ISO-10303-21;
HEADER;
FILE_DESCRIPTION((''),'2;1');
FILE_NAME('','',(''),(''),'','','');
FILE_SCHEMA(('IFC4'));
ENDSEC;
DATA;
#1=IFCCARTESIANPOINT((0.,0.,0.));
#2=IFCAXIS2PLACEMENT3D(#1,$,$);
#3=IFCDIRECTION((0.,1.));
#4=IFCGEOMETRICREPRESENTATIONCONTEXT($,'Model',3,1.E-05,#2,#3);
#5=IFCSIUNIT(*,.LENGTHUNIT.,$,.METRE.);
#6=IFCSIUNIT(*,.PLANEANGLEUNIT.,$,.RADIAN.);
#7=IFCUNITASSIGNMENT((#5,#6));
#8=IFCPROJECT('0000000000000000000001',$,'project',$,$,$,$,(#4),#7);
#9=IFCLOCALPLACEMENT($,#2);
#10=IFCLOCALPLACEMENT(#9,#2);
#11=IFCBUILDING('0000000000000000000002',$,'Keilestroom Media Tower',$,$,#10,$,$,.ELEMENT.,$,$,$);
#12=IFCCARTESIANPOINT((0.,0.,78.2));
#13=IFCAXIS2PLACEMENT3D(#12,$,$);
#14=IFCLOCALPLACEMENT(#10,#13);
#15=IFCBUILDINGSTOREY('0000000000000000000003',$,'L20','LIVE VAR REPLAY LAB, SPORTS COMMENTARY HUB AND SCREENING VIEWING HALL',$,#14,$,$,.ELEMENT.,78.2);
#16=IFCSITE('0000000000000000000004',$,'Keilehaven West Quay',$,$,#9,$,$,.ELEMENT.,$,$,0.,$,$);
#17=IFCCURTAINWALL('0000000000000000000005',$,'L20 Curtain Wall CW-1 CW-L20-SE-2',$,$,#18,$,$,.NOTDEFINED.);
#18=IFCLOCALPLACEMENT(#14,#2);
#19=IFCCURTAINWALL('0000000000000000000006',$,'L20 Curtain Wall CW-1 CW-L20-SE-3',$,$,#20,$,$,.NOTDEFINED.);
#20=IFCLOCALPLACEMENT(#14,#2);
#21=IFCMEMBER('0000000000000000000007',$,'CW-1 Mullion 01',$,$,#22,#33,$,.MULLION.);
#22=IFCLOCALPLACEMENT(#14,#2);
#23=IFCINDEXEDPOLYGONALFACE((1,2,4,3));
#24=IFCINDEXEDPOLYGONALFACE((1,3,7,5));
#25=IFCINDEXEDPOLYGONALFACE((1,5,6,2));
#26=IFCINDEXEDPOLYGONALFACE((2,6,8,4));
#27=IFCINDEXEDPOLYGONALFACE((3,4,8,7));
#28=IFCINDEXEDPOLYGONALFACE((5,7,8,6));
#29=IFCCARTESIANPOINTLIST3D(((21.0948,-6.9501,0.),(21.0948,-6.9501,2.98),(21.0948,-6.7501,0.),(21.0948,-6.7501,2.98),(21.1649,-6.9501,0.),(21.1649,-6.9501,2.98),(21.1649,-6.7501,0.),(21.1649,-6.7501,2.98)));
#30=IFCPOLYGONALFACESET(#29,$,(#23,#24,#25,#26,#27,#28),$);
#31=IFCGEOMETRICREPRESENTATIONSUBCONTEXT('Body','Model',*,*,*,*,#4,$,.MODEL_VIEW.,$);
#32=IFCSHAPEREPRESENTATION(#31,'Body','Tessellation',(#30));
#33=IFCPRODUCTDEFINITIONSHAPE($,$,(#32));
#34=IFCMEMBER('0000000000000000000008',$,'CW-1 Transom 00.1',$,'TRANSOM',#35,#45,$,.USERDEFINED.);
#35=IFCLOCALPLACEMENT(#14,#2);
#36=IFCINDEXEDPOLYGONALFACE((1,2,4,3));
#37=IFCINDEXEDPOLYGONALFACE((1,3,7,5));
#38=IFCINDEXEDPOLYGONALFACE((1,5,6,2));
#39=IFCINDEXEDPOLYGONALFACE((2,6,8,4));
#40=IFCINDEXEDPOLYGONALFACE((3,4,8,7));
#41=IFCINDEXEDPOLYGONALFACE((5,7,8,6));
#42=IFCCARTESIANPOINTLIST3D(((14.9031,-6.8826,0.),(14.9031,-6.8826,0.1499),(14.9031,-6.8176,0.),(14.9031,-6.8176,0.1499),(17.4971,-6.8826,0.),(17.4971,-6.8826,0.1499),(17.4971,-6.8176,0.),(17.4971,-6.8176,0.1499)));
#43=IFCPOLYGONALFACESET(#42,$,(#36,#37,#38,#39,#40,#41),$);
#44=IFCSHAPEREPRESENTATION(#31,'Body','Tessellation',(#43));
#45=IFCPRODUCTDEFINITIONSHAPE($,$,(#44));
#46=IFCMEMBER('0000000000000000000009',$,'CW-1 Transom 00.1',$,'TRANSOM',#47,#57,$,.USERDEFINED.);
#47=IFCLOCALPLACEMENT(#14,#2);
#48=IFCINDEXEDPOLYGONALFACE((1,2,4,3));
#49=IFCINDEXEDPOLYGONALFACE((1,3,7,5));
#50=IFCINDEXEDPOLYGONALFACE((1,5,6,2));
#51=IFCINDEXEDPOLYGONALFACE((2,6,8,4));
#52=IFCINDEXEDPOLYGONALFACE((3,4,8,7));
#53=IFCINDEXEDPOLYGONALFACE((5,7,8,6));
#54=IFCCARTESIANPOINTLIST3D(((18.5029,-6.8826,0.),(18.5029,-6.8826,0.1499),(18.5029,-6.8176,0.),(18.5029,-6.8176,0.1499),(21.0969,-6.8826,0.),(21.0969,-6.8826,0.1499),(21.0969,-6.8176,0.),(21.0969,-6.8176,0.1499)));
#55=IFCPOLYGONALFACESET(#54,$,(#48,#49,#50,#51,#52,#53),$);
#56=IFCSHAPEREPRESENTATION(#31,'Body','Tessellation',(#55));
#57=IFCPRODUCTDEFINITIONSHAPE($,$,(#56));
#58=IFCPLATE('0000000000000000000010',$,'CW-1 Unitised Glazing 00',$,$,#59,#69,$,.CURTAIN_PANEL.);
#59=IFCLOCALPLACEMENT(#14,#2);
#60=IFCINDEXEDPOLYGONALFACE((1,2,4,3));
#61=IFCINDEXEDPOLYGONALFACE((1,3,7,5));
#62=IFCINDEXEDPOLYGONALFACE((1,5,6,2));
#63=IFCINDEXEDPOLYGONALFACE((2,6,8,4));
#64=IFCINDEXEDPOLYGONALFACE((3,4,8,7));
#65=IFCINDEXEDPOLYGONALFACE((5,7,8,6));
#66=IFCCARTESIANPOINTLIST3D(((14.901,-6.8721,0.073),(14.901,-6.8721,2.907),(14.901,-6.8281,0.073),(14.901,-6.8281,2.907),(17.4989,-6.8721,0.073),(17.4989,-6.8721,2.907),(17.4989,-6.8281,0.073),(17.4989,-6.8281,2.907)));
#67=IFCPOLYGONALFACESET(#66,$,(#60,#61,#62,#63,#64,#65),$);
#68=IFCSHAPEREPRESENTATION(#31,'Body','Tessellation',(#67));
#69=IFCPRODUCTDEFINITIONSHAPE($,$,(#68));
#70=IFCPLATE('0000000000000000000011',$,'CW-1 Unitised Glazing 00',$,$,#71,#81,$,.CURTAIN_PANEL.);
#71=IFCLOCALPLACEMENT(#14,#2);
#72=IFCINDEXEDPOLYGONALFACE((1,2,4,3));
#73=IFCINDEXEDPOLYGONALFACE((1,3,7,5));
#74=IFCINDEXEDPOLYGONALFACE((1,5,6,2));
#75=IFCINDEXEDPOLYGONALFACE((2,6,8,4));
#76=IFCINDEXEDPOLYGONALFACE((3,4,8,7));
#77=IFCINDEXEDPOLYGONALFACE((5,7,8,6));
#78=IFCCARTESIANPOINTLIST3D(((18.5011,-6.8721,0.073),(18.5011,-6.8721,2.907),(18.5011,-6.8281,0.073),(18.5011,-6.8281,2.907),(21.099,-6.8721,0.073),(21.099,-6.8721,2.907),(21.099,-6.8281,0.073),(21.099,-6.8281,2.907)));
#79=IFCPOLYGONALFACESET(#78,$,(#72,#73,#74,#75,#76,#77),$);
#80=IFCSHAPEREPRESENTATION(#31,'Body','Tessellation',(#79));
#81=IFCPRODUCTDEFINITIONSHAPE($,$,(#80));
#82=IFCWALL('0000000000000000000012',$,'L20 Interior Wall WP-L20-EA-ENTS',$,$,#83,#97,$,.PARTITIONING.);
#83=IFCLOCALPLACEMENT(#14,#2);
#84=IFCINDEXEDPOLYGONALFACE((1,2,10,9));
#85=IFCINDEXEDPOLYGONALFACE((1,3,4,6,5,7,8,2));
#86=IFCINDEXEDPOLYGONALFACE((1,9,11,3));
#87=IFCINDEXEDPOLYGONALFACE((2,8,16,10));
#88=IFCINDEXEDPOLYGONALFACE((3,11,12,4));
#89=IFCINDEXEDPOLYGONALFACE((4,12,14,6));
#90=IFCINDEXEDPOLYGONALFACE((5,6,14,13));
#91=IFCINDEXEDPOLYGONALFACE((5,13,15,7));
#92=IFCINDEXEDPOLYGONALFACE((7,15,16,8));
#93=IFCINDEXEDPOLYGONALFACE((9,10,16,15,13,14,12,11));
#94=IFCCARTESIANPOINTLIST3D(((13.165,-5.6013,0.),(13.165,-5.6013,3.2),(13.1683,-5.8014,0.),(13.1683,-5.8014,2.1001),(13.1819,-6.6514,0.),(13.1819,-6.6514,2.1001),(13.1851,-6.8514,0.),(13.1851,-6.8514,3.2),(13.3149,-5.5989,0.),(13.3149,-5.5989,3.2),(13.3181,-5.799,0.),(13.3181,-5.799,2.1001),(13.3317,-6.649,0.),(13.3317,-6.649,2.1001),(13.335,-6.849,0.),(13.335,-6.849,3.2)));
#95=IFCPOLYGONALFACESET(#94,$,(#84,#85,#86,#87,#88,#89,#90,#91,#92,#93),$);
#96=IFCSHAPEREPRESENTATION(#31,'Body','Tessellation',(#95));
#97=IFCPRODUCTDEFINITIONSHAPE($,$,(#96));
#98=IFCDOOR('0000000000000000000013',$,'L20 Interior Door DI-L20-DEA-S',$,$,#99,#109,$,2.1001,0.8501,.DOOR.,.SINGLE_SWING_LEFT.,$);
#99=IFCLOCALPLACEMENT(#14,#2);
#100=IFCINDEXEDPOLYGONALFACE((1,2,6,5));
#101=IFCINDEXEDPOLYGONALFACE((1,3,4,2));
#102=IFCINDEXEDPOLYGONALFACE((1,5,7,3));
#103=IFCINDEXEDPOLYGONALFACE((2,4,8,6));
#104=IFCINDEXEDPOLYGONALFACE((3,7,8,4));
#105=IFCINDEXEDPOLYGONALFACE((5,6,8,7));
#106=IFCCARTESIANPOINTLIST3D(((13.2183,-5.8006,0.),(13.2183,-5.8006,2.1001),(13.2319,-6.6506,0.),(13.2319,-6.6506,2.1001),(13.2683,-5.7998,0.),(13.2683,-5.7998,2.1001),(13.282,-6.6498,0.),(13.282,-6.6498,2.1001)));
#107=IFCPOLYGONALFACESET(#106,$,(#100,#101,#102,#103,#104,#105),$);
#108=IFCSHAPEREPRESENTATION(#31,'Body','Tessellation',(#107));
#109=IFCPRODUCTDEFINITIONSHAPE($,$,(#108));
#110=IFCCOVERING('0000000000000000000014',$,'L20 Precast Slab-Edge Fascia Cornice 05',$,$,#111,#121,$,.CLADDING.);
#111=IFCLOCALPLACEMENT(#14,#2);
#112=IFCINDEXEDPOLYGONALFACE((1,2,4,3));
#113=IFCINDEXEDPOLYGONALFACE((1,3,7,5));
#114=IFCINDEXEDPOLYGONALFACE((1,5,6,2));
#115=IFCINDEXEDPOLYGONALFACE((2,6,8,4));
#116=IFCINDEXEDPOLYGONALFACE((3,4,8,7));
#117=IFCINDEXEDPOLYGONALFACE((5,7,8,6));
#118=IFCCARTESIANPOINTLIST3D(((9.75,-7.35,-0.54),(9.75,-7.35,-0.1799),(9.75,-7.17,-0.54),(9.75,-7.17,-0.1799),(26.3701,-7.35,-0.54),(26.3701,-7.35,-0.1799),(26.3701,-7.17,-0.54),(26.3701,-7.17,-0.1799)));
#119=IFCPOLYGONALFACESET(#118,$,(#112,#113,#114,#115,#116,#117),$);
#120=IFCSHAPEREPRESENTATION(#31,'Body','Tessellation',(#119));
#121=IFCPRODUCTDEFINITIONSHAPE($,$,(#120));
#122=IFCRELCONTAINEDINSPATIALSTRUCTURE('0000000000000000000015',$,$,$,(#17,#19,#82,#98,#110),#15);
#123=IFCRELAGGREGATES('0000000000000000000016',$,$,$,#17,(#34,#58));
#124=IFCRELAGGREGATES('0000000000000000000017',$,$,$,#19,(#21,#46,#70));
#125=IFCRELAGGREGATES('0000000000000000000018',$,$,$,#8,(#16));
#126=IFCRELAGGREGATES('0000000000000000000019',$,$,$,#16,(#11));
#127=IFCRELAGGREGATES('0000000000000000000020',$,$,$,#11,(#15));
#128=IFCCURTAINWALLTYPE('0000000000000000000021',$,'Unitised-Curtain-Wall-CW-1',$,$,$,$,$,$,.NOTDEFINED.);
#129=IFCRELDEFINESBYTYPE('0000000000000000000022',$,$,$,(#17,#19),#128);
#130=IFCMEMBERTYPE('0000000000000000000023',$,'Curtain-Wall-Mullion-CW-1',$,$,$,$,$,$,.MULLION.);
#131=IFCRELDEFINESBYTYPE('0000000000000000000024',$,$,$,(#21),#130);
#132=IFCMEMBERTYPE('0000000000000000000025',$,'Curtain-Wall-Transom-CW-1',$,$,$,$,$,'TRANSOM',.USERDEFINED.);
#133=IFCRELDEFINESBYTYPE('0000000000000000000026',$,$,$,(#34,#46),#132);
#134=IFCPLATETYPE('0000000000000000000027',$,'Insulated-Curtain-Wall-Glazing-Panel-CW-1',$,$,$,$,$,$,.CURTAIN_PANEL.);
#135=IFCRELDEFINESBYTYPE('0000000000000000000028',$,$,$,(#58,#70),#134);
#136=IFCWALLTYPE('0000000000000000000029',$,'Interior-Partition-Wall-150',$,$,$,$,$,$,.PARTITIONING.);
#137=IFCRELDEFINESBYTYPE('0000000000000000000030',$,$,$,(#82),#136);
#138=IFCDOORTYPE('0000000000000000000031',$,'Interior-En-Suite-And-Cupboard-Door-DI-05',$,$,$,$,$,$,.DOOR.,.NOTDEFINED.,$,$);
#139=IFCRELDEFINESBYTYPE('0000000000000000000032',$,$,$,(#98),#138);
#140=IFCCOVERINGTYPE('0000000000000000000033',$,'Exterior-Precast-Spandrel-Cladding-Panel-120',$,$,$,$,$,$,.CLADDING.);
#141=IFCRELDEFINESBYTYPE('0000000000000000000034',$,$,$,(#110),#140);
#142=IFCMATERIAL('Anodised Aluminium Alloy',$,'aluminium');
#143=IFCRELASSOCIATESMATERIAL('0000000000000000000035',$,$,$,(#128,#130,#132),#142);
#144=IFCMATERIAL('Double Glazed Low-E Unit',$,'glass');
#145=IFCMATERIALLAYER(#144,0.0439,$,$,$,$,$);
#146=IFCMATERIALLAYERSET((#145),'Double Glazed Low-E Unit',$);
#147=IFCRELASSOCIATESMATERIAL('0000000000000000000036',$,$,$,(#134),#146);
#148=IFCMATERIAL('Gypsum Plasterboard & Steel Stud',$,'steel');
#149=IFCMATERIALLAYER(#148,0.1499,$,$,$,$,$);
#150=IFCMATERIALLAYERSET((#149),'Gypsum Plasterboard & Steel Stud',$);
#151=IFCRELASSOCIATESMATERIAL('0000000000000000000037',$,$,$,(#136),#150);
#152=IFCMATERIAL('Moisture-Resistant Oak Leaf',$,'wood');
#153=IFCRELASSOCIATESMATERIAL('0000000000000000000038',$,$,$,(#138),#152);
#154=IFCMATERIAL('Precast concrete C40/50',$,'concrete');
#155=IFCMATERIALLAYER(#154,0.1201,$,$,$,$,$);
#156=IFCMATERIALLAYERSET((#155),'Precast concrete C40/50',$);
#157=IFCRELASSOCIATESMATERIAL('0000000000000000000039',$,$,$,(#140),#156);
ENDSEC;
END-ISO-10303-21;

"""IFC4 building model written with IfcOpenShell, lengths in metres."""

from ifc_helpers import new_model, si_unit, direction, frame, frame_2d, origin, origin_2d, place, context, subcontext, project, spatial, rectangle, extrude, source, transform, mapped, material, layer, layer_set, material_profile, profile_set, type_object, element, fill, aggregate, save


model = new_model("IFC4")

# Units and contexts
model_context = context("Model", 3, precision=1e-05, world=origin(), true_north=direction((0.0, 1.0)))
body_context = subcontext(model_context, "Body", "Model", "MODEL_VIEW")
ifc_project = project(units=[si_unit("LENGTHUNIT", "METRE"), si_unit("PLANEANGLEUNIT", "RADIAN")], contexts=[model_context])

# Site, building, storey
site_placement = place(None, origin())
site = spatial("IfcSite", under=ifc_project, at=site_placement, Name="Keilehaven West Quay", CompositionType="ELEMENT", RefElevation=0.0)
building_placement = place(site_placement, origin())
building = spatial("IfcBuilding", under=site, at=building_placement, Name="Keilestroom Media Tower", CompositionType="ELEMENT")
storey_placement = place(building_placement, frame((0.0, 0.0, 78.2)))
storey = spatial("IfcBuildingStorey", under=building, at=storey_placement, Name="L20", Description="LIVE VAR REPLAY LAB, SPORTS COMMENTARY HUB AND SCREENING VIEWING HALL", CompositionType="ELEMENT", Elevation=78.2)

# Shared definitions
ifc_material_1 = material(Name="Precast concrete C40/50", Category="concrete")

# Shared definitions
ifc_material_2 = material(Name="Anodised Aluminium Alloy", Category="aluminium")
curtain_wall_type = type_object("IfcCurtainWallType", Name="Unitised-Curtain-Wall-CW-1", PredefinedType="NOTDEFINED", material=ifc_material_2)
ifc_material_profile_1 = material_profile(ifc_material_2, rectangle(XDim=0.0701, YDim=0.2, at=origin_2d()), Name="ALU MULLION 70x200")
ifc_profile_set_1 = profile_set([ifc_material_profile_1], Name="Anodised Aluminium Alloy")
member_type_1 = type_object("IfcMemberType", Name="Curtain-Wall-Mullion-CW-1", PredefinedType="MULLION", material=ifc_profile_set_1)
shared_shape_1 = source(origin(), body_context, "Body", "SweptSolid", [
    extrude(rectangle(XDim=0.0701, YDim=0.2, at=origin_2d()), origin(), (0.0, 0.0, 1.0), 2.98),
])

# Curtain walls, member
curtain_wall_1_placement = place(storey_placement, origin())
curtain_wall_1 = element("IfcCurtainWall", 1, at=curtain_wall_1_placement, inside=storey, type_object=curtain_wall_type, Name="L20 Curtain Wall CW-1 CW-L20-SE-2", PredefinedType="NOTDEFINED")
curtain_wall_2_placement = place(storey_placement, origin())
curtain_wall_2 = element("IfcCurtainWall", 2, at=curtain_wall_2_placement, inside=storey, type_object=curtain_wall_type, Name="L20 Curtain Wall CW-1 CW-L20-SE-3", PredefinedType="NOTDEFINED")
member_1_placement = place(storey_placement, frame((21.1299, -6.8501, 0.0), z_axis=(0.0, 0.0, 1.0), x_axis=(1.0, 0.0, 0.0)))
member_1 = element("IfcMember", 3, at=member_1_placement, type_object=member_type_1, Name="CW-1 Mullion 01", PredefinedType="MULLION", context=body_context, shape_type="MappedRepresentation", body=[
    mapped(shared_shape_1, transform((0.0, 0.0, 0.0), x_axis=(1.0, 0.0, 0.0), y_axis=(0.0, 1.0, 0.0), z_axis=(0.0, 0.0, 1.0), scale=1.0)),
])

# Members
ifc_material_profile_2 = material_profile(ifc_material_2, rectangle(XDim=0.0649, YDim=0.1499, at=origin_2d()), Name="ALU TRANSOM 65x150")
ifc_profile_set_2 = profile_set([ifc_material_profile_2], Name="Anodised Aluminium Alloy")
member_type_2 = type_object("IfcMemberType", Name="Curtain-Wall-Transom-CW-1", ElementType="TRANSOM", PredefinedType="USERDEFINED", material=ifc_profile_set_2)
shared_shape_2 = source(origin(), body_context, "Body", "SweptSolid", [
    extrude(rectangle(XDim=0.0649, YDim=0.1499, at=origin_2d()), origin(), (0.0, 0.0, 1.0), 2.594),
])
member_2_placement = place(storey_placement, frame((14.9031, -6.8501, 0.075), z_axis=(1.0, 0.0, 0.0), x_axis=(0.0, 1.0, 0.0)))
member_2 = element("IfcMember", 4, at=member_2_placement, type_object=member_type_2, Name="CW-1 Transom 00.1", ObjectType="TRANSOM", PredefinedType="USERDEFINED", context=body_context, shape_type="MappedRepresentation", body=[
    mapped(shared_shape_2, transform((0.0, 0.0, 0.0), x_axis=(1.0, 0.0, 0.0), y_axis=(0.0, 1.0, 0.0), z_axis=(0.0, 0.0, 1.0), scale=1.0)),
])
member_3_placement = place(storey_placement, frame((18.5029, -6.8501, 0.075), z_axis=(1.0, 0.0, 0.0), x_axis=(0.0, 1.0, 0.0)))
member_3 = element("IfcMember", 5, at=member_3_placement, type_object=member_type_2, Name="CW-1 Transom 00.1", ObjectType="TRANSOM", PredefinedType="USERDEFINED", context=body_context, shape_type="MappedRepresentation", body=[
    mapped(shared_shape_2, transform((0.0, 0.0, 0.0), x_axis=(1.0, 0.0, 0.0), y_axis=(0.0, 1.0, 0.0), z_axis=(0.0, 0.0, 1.0), scale=1.0)),
])

# Plates
ifc_material_3 = material(Name="Double Glazed Low-E Unit", Category="glass")
ifc_layer_1 = layer(ifc_material_3, 0.0439)
ifc_layer_set_1 = layer_set([ifc_layer_1], Name="Double Glazed Low-E Unit")
plate_type = type_object("IfcPlateType", Name="Insulated-Curtain-Wall-Glazing-Panel-CW-1", PredefinedType="CURTAIN_PANEL", material=ifc_layer_set_1)
shared_shape_3 = source(origin(), body_context, "Body", "SweptSolid", [
    extrude(rectangle(XDim=2.5979, YDim=0.0439, at=origin_2d()), origin(), (0.0, 0.0, 1.0), 2.834),
])
plate_1_placement = place(storey_placement, frame((16.2, -6.8501, 0.073), z_axis=(0.0, 0.0, 1.0), x_axis=(1.0, 0.0, 0.0)))
plate_1 = element("IfcPlate", 6, at=plate_1_placement, type_object=plate_type, Name="CW-1 Unitised Glazing 00", PredefinedType="CURTAIN_PANEL", context=body_context, shape_type="MappedRepresentation", body=[
    mapped(shared_shape_3, transform((0.0, 0.0, 0.0), x_axis=(1.0, 0.0, 0.0), y_axis=(0.0, 1.0, 0.0), z_axis=(0.0, 0.0, 1.0), scale=1.0)),
])
aggregate(curtain_wall_1, [member_2, plate_1])
plate_2_placement = place(storey_placement, frame((19.8, -6.8501, 0.073), z_axis=(0.0, 0.0, 1.0), x_axis=(1.0, 0.0, 0.0)))
plate_2 = element("IfcPlate", 7, at=plate_2_placement, type_object=plate_type, Name="CW-1 Unitised Glazing 00", PredefinedType="CURTAIN_PANEL", context=body_context, shape_type="MappedRepresentation", body=[
    mapped(shared_shape_3, transform((0.0, 0.0, 0.0), x_axis=(1.0, 0.0, 0.0), y_axis=(0.0, 1.0, 0.0), z_axis=(0.0, 0.0, 1.0), scale=1.0)),
])
aggregate(curtain_wall_2, [member_1, member_3, plate_2])

# Wall, opening, door
ifc_material_4 = material(Name="Gypsum Plasterboard & Steel Stud", Category="steel")
ifc_layer_2 = layer(ifc_material_4, 0.1499)
ifc_layer_set_2 = layer_set([ifc_layer_2], Name="Gypsum Plasterboard & Steel Stud")
wall_type = type_object("IfcWallType", Name="Interior-Partition-Wall-150", PredefinedType="PARTITIONING", material=ifc_layer_set_2)
wall_placement = place(storey_placement, frame((13.26, -6.8501, 0.0), z_axis=(0.0, 0.0, 1.0), x_axis=(-0.016014, 0.999872, 0.0)))
wall = element("IfcWall", 8, at=wall_placement, inside=storey, type_object=wall_type, Name="L20 Interior Wall WP-L20-EA-ENTS", PredefinedType="PARTITIONING", context=body_context, shape_type="SweptSolid", body=[
    extrude(rectangle(XDim=1.2502, YDim=0.1499, at=frame_2d((0.625, 0.0))), origin(), (0.0, 0.0, 1.0), 3.2),
])
opening_placement = place(wall_placement, frame((0.2, 0.0, 0.0)))
opening = element("IfcOpeningElement", 9, at=opening_placement, cuts=wall, PredefinedType="OPENING", context=body_context, shape_type="SweptSolid", body=[
    extrude(rectangle(XDim=0.8501, YDim=2.1001, at=frame_2d((0.425, 1.05))), frame((0.0, 0.085, 0.0), z_axis=(0.0, -1.0, 0.0), x_axis=(1.0, 0.0, 0.0)), (0.0, 0.0, 1.0), 0.1699),
])
ifc_material_5 = material(Name="Moisture-Resistant Oak Leaf", Category="wood")
door_type = type_object("IfcDoorType", Name="Interior-En-Suite-And-Cupboard-Door-DI-05", OperationType="NOTDEFINED", PredefinedType="DOOR", material=ifc_material_5)
shared_shape_4 = source(origin(), body_context, "Body", "SweptSolid", [
    extrude(rectangle(XDim=0.8501, YDim=2.1001, at=frame_2d((0.425, 1.05))), frame((0.0, 0.0249, 0.0), z_axis=(0.0, -1.0, 0.0), x_axis=(1.0, 0.0, 0.0)), (0.0, 0.0, 1.0), 0.05),
])
door_placement = place(opening_placement, origin())
door = element("IfcDoor", 10, at=door_placement, inside=storey, type_object=door_type, Name="L20 Interior Door DI-L20-DEA-S", OperationType="SINGLE_SWING_LEFT", OverallHeight=2.1001, OverallWidth=0.8501, PredefinedType="DOOR", context=body_context, shape_type="MappedRepresentation", body=[
    mapped(shared_shape_4, transform((0.0, 0.0, 0.0), x_axis=(1.0, 0.0, 0.0), y_axis=(0.0, 1.0, 0.0), z_axis=(0.0, 0.0, 1.0), scale=1.0)),
])
fill(opening, door)

# Covering
ifc_layer_3 = layer(ifc_material_1, 0.1201)
ifc_layer_set_3 = layer_set([ifc_layer_3], Name="Precast concrete C40/50")
covering_type = type_object("IfcCoveringType", Name="Exterior-Precast-Spandrel-Cladding-Panel-120", PredefinedType="CLADDING", material=ifc_layer_set_3)
shared_shape_5 = source(origin(), body_context, "Body", "SweptSolid", [
    extrude(rectangle(XDim=16.6201, YDim=0.1799, at=origin_2d()), origin(), (0.0, 0.0, 1.0), 0.3601),
])
covering_placement = place(storey_placement, frame((18.0601, -7.26, -0.54), z_axis=(0.0, 0.0, 1.0), x_axis=(-1.0, 0.0, 0.0)))
element("IfcCovering", 11, at=covering_placement, inside=storey, type_object=covering_type, Name="L20 Precast Slab-Edge Fascia Cornice 05", PredefinedType="CLADDING", context=body_context, shape_type="MappedRepresentation", body=[
    mapped(shared_shape_5, transform((0.0, 0.0, 0.0), x_axis=(1.0, 0.0, 0.0), y_axis=(0.0, 1.0, 0.0), z_axis=(0.0, 0.0, 1.0), scale=1.0)),
])

save(model, "model.ifc")
